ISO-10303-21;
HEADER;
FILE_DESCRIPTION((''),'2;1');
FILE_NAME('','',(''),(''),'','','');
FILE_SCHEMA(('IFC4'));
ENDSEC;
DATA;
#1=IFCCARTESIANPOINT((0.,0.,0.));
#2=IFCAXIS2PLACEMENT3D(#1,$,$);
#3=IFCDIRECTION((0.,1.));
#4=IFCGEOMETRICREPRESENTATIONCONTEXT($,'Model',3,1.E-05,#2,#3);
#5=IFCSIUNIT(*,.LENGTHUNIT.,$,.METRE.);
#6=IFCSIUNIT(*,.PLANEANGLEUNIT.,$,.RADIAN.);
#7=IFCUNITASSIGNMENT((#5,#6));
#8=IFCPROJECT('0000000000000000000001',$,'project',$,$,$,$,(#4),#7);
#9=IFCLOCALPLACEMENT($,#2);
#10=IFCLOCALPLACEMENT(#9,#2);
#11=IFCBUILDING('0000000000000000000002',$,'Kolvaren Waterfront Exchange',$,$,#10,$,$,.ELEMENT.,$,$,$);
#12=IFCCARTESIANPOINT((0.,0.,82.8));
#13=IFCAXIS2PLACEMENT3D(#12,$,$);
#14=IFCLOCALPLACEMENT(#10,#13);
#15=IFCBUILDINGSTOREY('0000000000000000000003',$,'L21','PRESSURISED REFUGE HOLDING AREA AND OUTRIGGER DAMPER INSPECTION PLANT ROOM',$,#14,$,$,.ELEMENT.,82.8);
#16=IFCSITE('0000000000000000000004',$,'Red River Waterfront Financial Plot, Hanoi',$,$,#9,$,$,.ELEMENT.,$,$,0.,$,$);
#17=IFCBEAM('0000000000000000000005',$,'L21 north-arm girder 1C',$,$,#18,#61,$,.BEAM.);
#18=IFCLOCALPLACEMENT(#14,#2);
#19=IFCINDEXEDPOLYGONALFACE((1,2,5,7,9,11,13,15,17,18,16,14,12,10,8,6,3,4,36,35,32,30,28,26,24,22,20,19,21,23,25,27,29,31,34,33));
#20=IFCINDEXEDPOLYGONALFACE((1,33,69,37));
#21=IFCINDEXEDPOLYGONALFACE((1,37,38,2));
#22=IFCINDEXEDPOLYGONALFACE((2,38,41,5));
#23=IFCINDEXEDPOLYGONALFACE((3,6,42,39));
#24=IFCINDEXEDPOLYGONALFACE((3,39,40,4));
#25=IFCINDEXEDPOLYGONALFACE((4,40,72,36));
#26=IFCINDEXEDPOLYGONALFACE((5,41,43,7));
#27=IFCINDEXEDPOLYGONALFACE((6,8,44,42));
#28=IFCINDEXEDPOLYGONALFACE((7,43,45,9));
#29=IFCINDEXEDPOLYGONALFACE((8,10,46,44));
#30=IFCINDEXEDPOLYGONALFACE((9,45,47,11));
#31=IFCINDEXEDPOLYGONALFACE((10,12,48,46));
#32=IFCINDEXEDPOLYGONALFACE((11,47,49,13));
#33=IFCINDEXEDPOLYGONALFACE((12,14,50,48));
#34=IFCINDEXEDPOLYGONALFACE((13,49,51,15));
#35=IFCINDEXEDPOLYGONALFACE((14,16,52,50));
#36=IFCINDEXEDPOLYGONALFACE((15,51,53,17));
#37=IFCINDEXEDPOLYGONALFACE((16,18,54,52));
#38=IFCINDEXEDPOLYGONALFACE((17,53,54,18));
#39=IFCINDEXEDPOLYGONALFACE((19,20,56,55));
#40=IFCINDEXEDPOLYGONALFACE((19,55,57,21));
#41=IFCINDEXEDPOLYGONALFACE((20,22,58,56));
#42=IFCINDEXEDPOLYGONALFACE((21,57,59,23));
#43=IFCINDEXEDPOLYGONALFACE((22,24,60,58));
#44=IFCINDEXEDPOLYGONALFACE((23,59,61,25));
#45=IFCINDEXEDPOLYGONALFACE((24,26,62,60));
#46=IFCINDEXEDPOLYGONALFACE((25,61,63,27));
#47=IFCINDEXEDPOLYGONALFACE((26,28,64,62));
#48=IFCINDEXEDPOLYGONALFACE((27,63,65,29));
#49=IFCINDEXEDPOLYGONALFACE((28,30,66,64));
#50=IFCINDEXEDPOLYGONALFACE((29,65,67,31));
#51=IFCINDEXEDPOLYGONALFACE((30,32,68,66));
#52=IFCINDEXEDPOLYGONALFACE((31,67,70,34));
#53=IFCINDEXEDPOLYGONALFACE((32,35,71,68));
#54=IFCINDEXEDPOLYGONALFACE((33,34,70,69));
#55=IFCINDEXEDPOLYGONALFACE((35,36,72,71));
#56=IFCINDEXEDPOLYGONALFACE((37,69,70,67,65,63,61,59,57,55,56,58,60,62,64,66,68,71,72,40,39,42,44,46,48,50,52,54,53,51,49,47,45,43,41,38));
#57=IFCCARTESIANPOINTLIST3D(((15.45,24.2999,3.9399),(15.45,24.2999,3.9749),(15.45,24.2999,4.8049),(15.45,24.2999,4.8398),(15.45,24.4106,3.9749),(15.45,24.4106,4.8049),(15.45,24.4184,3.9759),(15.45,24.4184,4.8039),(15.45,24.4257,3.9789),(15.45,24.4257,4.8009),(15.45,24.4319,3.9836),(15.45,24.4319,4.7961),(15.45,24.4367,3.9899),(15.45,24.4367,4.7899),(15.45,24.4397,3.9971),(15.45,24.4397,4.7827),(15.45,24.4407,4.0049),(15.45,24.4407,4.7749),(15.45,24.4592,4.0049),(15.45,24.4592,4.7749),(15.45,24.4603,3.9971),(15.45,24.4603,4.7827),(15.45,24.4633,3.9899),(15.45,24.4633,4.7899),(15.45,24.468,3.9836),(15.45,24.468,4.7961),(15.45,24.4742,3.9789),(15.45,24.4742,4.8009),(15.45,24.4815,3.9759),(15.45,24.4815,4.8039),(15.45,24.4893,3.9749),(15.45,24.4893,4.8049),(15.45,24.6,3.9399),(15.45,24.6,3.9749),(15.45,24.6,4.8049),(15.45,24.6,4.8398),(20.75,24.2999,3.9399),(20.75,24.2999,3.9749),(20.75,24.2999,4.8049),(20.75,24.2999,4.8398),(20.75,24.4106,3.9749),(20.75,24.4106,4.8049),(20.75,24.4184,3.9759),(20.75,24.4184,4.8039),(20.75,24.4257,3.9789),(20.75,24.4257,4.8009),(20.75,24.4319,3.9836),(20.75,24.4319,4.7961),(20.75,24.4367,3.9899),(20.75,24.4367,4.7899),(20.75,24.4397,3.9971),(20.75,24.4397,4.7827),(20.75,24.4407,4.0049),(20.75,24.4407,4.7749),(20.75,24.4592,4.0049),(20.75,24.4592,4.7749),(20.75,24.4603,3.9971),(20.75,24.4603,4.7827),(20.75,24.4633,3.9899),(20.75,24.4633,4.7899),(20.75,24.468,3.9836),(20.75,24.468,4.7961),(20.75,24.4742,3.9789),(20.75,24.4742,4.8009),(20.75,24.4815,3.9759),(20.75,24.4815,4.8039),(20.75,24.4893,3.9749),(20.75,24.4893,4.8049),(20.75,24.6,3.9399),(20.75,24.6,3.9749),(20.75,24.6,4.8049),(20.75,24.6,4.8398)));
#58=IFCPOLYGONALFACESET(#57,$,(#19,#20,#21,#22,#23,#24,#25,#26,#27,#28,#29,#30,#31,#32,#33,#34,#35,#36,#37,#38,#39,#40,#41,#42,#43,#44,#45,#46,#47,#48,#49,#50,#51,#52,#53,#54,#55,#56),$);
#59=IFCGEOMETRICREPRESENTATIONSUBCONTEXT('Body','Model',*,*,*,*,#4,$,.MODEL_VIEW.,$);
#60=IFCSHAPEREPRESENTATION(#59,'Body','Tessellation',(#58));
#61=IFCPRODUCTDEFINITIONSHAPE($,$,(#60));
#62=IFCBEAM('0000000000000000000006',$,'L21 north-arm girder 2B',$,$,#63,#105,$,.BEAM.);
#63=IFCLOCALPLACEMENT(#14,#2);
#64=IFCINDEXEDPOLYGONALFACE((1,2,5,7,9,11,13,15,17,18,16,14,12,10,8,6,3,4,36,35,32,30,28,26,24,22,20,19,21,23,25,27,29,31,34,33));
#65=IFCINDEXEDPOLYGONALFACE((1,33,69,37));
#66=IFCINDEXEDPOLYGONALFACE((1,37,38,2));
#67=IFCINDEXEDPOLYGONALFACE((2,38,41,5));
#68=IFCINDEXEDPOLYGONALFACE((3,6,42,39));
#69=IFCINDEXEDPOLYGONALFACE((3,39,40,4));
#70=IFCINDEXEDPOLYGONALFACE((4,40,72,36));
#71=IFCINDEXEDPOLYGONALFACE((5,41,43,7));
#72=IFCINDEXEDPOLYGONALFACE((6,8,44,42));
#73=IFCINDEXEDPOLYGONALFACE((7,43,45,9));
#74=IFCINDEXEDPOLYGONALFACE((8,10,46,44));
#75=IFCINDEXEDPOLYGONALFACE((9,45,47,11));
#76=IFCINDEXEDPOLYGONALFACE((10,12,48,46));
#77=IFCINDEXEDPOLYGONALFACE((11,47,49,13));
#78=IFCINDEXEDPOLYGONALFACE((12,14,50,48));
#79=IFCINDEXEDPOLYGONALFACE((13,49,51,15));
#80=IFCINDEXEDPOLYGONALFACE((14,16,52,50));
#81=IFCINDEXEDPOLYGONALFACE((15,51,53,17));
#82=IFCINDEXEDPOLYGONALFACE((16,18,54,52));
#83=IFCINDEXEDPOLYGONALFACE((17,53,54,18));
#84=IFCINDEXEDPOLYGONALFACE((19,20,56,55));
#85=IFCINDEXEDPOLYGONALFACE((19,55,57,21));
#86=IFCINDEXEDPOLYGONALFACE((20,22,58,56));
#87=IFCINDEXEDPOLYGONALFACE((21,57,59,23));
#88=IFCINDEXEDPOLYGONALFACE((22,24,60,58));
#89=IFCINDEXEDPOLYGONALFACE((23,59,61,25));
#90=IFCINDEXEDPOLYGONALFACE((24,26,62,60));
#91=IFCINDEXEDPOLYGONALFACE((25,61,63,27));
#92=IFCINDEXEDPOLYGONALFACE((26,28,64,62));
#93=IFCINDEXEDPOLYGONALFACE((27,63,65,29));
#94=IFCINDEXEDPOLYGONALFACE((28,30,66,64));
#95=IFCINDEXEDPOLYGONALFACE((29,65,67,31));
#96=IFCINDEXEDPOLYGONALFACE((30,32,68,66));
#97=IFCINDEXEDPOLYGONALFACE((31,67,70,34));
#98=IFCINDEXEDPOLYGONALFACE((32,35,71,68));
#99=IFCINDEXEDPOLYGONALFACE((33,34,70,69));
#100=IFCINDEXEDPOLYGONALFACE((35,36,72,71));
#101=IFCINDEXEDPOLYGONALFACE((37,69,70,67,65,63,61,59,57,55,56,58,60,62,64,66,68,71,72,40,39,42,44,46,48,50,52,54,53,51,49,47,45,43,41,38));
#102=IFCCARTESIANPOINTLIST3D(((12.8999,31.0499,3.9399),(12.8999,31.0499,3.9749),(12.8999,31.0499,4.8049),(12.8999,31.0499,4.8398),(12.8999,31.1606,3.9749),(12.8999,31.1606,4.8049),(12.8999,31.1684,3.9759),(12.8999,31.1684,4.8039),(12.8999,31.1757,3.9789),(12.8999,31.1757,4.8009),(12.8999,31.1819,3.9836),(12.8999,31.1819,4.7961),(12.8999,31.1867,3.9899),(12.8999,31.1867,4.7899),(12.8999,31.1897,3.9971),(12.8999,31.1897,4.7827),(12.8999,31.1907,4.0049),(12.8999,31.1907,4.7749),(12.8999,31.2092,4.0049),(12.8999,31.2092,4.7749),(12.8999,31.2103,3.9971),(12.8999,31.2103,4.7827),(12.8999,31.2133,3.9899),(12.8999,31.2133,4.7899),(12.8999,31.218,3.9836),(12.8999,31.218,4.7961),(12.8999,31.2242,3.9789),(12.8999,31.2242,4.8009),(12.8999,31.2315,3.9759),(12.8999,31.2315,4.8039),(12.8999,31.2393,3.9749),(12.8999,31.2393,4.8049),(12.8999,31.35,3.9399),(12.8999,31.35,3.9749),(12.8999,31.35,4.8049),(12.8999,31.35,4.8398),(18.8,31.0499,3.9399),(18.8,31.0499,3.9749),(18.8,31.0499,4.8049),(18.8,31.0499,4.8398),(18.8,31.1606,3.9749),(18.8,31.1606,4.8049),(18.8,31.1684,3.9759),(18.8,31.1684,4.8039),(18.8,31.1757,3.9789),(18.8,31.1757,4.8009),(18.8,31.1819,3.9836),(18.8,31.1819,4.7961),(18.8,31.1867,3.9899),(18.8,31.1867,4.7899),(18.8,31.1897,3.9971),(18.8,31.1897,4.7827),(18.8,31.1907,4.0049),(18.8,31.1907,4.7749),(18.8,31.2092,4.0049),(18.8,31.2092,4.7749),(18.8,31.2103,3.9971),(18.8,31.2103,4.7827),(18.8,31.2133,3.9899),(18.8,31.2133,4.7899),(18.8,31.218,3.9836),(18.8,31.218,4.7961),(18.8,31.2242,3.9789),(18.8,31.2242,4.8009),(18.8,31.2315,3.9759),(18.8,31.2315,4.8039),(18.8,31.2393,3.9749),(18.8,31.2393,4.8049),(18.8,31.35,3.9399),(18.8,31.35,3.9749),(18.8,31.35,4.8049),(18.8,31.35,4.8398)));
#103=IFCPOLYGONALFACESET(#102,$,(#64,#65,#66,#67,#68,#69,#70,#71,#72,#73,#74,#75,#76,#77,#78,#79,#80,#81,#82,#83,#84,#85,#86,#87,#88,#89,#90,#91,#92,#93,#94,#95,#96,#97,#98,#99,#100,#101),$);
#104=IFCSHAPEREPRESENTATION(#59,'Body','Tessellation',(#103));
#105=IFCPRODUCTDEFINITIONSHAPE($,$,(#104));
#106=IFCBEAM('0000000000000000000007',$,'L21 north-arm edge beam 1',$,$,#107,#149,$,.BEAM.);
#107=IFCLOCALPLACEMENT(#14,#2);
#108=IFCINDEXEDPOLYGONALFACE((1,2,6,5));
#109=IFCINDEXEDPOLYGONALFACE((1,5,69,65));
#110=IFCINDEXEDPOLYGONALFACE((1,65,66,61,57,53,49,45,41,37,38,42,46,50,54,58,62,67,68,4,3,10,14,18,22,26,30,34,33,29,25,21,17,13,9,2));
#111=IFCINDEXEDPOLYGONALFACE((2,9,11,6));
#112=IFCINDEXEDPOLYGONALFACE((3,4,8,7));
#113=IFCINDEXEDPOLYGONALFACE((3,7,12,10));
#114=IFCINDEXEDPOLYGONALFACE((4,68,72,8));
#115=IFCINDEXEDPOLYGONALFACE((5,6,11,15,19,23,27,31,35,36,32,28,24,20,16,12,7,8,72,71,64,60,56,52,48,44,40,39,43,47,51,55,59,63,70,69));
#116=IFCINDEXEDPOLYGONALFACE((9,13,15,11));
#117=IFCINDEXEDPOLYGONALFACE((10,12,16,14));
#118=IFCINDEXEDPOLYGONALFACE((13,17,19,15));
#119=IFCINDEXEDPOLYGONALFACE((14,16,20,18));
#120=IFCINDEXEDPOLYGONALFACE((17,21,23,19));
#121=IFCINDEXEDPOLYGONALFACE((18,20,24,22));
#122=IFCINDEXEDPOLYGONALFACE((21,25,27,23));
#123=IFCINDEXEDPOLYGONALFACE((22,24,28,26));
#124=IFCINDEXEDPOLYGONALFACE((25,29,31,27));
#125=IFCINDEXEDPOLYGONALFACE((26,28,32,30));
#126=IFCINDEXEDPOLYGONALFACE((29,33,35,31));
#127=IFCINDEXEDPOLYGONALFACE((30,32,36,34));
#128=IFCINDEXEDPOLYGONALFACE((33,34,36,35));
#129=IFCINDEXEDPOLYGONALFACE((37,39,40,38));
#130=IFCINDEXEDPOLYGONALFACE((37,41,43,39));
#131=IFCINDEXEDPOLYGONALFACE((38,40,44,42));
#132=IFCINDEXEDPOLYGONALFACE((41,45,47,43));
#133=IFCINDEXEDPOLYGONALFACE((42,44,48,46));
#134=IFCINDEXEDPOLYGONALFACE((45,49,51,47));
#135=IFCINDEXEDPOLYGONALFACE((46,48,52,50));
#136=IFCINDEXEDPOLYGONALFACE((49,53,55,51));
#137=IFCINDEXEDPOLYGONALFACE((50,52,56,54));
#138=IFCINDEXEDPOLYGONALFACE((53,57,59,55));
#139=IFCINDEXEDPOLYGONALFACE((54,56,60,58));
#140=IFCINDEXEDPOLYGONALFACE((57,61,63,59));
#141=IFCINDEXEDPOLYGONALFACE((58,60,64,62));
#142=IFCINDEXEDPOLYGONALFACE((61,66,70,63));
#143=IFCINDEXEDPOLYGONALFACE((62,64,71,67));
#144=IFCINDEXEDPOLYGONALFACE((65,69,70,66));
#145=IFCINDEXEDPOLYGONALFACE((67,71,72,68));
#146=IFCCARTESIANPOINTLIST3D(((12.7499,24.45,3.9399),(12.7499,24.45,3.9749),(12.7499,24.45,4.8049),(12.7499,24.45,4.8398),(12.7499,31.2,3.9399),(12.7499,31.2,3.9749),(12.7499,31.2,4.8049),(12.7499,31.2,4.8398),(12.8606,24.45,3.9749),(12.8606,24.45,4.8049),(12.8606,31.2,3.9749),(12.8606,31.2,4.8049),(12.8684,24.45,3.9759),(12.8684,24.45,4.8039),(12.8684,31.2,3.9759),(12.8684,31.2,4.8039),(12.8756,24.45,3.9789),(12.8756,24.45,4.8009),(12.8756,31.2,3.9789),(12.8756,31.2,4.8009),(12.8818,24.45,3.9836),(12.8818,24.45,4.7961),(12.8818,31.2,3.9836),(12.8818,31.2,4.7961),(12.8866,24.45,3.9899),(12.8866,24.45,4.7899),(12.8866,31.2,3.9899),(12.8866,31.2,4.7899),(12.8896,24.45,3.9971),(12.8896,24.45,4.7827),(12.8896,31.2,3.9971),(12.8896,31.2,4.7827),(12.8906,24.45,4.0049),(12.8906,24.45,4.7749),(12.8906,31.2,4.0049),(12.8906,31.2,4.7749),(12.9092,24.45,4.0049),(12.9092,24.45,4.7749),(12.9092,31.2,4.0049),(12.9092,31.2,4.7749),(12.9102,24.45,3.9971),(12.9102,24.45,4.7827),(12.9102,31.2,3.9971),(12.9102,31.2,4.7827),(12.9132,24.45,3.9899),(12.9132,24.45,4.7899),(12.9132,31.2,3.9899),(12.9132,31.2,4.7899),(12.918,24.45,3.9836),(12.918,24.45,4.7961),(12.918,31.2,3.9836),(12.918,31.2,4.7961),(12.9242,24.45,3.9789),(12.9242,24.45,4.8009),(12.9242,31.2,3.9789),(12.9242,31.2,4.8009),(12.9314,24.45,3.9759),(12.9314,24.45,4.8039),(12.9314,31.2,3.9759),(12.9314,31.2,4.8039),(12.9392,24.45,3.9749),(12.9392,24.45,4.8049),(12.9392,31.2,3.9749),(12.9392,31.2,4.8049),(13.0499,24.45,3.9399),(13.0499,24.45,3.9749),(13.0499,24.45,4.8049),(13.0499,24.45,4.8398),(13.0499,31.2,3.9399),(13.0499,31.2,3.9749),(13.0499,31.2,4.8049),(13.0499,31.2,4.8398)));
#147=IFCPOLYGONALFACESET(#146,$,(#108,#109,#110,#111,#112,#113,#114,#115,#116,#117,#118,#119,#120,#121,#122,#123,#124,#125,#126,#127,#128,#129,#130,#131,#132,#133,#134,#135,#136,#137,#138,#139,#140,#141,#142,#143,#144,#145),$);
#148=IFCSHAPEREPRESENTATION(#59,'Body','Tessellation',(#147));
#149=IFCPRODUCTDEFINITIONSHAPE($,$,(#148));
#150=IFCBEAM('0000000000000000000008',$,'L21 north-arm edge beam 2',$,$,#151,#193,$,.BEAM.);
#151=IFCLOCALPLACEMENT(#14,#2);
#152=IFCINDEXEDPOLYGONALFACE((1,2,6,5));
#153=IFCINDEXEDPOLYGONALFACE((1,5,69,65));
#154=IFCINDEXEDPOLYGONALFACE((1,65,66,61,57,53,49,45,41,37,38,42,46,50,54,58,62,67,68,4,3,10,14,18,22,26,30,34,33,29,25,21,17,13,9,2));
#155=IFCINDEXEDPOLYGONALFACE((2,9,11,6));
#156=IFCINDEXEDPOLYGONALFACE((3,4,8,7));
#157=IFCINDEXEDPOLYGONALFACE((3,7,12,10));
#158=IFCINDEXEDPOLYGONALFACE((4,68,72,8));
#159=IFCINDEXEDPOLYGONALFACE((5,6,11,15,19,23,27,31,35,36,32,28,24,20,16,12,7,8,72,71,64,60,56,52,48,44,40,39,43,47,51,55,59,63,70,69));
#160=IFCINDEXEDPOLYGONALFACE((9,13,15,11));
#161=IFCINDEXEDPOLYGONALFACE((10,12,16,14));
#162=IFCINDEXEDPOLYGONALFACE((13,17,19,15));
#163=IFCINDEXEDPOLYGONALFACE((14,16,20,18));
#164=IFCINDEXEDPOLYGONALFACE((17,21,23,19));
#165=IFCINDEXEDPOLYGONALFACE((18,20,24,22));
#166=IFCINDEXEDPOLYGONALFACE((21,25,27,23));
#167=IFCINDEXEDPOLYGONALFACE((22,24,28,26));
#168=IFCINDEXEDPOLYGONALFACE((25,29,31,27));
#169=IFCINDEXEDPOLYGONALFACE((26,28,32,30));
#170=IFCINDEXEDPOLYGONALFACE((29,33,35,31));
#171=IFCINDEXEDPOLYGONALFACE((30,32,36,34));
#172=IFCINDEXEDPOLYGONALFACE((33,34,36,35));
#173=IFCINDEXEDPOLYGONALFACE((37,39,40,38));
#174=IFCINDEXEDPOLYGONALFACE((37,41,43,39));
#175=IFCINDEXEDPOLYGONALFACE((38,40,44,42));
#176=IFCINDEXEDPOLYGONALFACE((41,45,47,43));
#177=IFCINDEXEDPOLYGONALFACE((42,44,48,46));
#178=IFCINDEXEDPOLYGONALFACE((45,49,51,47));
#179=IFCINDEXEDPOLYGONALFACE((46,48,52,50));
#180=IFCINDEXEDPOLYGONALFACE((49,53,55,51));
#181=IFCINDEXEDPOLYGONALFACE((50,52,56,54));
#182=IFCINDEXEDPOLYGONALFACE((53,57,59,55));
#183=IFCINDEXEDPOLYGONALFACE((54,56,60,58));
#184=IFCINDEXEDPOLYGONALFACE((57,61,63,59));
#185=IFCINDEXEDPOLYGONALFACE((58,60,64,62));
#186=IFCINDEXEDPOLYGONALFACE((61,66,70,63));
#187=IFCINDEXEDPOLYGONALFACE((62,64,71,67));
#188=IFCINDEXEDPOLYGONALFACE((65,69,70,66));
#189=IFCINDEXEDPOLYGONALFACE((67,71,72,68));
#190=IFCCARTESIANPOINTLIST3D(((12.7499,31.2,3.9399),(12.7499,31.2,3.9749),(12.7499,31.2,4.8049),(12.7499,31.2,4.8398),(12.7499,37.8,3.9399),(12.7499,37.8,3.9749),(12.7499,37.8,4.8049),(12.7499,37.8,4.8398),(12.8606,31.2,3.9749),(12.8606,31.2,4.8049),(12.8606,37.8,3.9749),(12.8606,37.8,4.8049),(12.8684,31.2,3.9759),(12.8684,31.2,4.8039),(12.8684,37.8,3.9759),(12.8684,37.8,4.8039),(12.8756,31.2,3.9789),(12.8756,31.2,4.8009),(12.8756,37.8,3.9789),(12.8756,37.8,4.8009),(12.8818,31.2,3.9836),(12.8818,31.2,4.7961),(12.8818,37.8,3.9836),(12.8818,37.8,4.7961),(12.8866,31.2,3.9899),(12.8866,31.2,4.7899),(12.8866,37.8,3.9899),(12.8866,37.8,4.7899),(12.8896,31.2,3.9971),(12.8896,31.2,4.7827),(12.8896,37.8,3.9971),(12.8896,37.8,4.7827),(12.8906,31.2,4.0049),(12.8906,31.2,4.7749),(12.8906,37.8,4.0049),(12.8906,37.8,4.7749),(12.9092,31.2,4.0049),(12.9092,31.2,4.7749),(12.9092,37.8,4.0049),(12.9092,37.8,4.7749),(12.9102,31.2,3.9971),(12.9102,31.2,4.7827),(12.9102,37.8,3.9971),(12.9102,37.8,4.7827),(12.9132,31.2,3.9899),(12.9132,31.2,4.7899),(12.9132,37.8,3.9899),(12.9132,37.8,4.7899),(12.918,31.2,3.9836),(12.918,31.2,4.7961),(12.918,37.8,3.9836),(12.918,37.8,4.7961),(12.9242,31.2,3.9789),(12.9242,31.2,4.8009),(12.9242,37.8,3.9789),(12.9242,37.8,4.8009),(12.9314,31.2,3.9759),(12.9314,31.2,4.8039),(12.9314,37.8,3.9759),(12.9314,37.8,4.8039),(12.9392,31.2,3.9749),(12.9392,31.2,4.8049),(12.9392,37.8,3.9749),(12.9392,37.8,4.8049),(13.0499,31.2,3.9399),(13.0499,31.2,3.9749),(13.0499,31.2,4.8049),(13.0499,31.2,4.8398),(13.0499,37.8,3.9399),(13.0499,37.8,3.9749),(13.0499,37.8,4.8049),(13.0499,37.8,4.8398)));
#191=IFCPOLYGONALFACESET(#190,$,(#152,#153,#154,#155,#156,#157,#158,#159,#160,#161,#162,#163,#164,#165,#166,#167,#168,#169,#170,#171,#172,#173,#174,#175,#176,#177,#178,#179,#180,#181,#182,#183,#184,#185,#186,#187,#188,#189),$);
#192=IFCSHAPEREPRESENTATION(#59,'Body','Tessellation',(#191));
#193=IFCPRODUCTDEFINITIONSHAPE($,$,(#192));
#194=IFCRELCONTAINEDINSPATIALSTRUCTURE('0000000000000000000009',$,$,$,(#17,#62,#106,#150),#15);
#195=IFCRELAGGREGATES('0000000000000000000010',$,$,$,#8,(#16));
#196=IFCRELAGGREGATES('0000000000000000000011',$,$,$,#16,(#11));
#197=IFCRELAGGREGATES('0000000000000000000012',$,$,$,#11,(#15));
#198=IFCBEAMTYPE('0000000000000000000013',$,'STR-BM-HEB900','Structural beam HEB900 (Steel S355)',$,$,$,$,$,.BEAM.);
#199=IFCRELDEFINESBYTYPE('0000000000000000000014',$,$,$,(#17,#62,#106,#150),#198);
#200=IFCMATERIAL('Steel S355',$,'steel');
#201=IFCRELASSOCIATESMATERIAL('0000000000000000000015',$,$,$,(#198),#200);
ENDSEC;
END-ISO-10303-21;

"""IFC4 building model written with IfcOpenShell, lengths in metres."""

from ifc_helpers import new_model, si_unit, direction, frame, origin, origin_2d, place, context, subcontext, project, spatial, i_section, extrude, material, material_profile, profile_set, type_object, element, save


model = new_model("IFC4")

# Units and contexts
model_context = context("Model", 3, precision=1e-05, world=origin(), true_north=direction((0.0, 1.0)))
body_context = subcontext(model_context, "Body", "Model", "MODEL_VIEW")
ifc_project = project(units=[si_unit("LENGTHUNIT", "METRE"), si_unit("PLANEANGLEUNIT", "RADIAN")], contexts=[model_context])

# Site, building, storey
site_placement = place(None, origin())
site = spatial("IfcSite", under=ifc_project, at=site_placement, Name="Red River Waterfront Financial Plot, Hanoi", CompositionType="ELEMENT", RefElevation=0.0)
building_placement = place(site_placement, origin())
building = spatial("IfcBuilding", under=site, at=building_placement, Name="Kolvaren Waterfront Exchange", CompositionType="ELEMENT")
storey_placement = place(building_placement, frame((0.0, 0.0, 82.8)))
storey = spatial("IfcBuildingStorey", under=building, at=storey_placement, Name="L21", Description="PRESSURISED REFUGE HOLDING AREA AND OUTRIGGER DAMPER INSPECTION PLANT ROOM", CompositionType="ELEMENT", Elevation=82.8)

# Beams
ifc_material_1 = material(Name="Steel S355", Category="steel")
ifc_material_profile_1 = material_profile(ifc_material_1, i_section(OverallWidth=0.3, OverallDepth=0.8999, WebThickness=0.0186, FlangeThickness=0.0349, FilletRadius=0.03, at=origin_2d()), Name="HEB900")
ifc_profile_set_1 = profile_set([ifc_material_profile_1], Name="Steel S355")
beam_type_1 = type_object("IfcBeamType", Name="STR-BM-HEB900", Description="Structural beam HEB900 (Steel S355)", PredefinedType="BEAM", material=ifc_profile_set_1)
beam_1_placement = place(storey_placement, frame((15.45, 24.45, 4.3899), z_axis=(1.0, 0.0, 0.0), x_axis=(0.0, 1.0, 0.0)))
element("IfcBeam", 1, at=beam_1_placement, inside=storey, type_object=beam_type_1, Name="L21 north-arm girder 1C", PredefinedType="BEAM", context=body_context, shape_type="SweptSolid", body=[
    extrude(i_section(OverallWidth=0.3, OverallDepth=0.8999, WebThickness=0.0186, FlangeThickness=0.0349, FilletRadius=0.03, at=origin_2d()), origin(), (0.0, 0.0, 1.0), 5.3),
])
beam_2_placement = place(storey_placement, frame((12.8999, 31.2, 4.3899), z_axis=(1.0, 0.0, 0.0), x_axis=(0.0, 1.0, 0.0)))
element("IfcBeam", 2, at=beam_2_placement, inside=storey, type_object=beam_type_1, Name="L21 north-arm girder 2B", PredefinedType="BEAM", context=body_context, shape_type="SweptSolid", body=[
    extrude(i_section(OverallWidth=0.3, OverallDepth=0.8999, WebThickness=0.0186, FlangeThickness=0.0349, FilletRadius=0.03, at=origin_2d()), origin(), (0.0, 0.0, 1.0), 5.9001),
])
beam_3_placement = place(storey_placement, frame((12.8999, 24.45, 4.3899), z_axis=(0.0, 1.0, 0.0), x_axis=(-1.0, 0.0, 0.0)))
element("IfcBeam", 3, at=beam_3_placement, inside=storey, type_object=beam_type_1, Name="L21 north-arm edge beam 1", PredefinedType="BEAM", context=body_context, shape_type="SweptSolid", body=[
    extrude(i_section(OverallWidth=0.3, OverallDepth=0.8999, WebThickness=0.0186, FlangeThickness=0.0349, FilletRadius=0.03, at=origin_2d()), origin(), (0.0, 0.0, 1.0), 6.75),
])
beam_4_placement = place(storey_placement, frame((12.8999, 31.2, 4.3899), z_axis=(0.0, 1.0, 0.0), x_axis=(-1.0, 0.0, 0.0)))
element("IfcBeam", 4, at=beam_4_placement, inside=storey, type_object=beam_type_1, Name="L21 north-arm edge beam 2", PredefinedType="BEAM", context=body_context, shape_type="SweptSolid", body=[
    extrude(i_section(OverallWidth=0.3, OverallDepth=0.8999, WebThickness=0.0186, FlangeThickness=0.0349, FilletRadius=0.03, at=origin_2d()), origin(), (0.0, 0.0, 1.0), 6.6001),
])

save(model, "model.ifc")
